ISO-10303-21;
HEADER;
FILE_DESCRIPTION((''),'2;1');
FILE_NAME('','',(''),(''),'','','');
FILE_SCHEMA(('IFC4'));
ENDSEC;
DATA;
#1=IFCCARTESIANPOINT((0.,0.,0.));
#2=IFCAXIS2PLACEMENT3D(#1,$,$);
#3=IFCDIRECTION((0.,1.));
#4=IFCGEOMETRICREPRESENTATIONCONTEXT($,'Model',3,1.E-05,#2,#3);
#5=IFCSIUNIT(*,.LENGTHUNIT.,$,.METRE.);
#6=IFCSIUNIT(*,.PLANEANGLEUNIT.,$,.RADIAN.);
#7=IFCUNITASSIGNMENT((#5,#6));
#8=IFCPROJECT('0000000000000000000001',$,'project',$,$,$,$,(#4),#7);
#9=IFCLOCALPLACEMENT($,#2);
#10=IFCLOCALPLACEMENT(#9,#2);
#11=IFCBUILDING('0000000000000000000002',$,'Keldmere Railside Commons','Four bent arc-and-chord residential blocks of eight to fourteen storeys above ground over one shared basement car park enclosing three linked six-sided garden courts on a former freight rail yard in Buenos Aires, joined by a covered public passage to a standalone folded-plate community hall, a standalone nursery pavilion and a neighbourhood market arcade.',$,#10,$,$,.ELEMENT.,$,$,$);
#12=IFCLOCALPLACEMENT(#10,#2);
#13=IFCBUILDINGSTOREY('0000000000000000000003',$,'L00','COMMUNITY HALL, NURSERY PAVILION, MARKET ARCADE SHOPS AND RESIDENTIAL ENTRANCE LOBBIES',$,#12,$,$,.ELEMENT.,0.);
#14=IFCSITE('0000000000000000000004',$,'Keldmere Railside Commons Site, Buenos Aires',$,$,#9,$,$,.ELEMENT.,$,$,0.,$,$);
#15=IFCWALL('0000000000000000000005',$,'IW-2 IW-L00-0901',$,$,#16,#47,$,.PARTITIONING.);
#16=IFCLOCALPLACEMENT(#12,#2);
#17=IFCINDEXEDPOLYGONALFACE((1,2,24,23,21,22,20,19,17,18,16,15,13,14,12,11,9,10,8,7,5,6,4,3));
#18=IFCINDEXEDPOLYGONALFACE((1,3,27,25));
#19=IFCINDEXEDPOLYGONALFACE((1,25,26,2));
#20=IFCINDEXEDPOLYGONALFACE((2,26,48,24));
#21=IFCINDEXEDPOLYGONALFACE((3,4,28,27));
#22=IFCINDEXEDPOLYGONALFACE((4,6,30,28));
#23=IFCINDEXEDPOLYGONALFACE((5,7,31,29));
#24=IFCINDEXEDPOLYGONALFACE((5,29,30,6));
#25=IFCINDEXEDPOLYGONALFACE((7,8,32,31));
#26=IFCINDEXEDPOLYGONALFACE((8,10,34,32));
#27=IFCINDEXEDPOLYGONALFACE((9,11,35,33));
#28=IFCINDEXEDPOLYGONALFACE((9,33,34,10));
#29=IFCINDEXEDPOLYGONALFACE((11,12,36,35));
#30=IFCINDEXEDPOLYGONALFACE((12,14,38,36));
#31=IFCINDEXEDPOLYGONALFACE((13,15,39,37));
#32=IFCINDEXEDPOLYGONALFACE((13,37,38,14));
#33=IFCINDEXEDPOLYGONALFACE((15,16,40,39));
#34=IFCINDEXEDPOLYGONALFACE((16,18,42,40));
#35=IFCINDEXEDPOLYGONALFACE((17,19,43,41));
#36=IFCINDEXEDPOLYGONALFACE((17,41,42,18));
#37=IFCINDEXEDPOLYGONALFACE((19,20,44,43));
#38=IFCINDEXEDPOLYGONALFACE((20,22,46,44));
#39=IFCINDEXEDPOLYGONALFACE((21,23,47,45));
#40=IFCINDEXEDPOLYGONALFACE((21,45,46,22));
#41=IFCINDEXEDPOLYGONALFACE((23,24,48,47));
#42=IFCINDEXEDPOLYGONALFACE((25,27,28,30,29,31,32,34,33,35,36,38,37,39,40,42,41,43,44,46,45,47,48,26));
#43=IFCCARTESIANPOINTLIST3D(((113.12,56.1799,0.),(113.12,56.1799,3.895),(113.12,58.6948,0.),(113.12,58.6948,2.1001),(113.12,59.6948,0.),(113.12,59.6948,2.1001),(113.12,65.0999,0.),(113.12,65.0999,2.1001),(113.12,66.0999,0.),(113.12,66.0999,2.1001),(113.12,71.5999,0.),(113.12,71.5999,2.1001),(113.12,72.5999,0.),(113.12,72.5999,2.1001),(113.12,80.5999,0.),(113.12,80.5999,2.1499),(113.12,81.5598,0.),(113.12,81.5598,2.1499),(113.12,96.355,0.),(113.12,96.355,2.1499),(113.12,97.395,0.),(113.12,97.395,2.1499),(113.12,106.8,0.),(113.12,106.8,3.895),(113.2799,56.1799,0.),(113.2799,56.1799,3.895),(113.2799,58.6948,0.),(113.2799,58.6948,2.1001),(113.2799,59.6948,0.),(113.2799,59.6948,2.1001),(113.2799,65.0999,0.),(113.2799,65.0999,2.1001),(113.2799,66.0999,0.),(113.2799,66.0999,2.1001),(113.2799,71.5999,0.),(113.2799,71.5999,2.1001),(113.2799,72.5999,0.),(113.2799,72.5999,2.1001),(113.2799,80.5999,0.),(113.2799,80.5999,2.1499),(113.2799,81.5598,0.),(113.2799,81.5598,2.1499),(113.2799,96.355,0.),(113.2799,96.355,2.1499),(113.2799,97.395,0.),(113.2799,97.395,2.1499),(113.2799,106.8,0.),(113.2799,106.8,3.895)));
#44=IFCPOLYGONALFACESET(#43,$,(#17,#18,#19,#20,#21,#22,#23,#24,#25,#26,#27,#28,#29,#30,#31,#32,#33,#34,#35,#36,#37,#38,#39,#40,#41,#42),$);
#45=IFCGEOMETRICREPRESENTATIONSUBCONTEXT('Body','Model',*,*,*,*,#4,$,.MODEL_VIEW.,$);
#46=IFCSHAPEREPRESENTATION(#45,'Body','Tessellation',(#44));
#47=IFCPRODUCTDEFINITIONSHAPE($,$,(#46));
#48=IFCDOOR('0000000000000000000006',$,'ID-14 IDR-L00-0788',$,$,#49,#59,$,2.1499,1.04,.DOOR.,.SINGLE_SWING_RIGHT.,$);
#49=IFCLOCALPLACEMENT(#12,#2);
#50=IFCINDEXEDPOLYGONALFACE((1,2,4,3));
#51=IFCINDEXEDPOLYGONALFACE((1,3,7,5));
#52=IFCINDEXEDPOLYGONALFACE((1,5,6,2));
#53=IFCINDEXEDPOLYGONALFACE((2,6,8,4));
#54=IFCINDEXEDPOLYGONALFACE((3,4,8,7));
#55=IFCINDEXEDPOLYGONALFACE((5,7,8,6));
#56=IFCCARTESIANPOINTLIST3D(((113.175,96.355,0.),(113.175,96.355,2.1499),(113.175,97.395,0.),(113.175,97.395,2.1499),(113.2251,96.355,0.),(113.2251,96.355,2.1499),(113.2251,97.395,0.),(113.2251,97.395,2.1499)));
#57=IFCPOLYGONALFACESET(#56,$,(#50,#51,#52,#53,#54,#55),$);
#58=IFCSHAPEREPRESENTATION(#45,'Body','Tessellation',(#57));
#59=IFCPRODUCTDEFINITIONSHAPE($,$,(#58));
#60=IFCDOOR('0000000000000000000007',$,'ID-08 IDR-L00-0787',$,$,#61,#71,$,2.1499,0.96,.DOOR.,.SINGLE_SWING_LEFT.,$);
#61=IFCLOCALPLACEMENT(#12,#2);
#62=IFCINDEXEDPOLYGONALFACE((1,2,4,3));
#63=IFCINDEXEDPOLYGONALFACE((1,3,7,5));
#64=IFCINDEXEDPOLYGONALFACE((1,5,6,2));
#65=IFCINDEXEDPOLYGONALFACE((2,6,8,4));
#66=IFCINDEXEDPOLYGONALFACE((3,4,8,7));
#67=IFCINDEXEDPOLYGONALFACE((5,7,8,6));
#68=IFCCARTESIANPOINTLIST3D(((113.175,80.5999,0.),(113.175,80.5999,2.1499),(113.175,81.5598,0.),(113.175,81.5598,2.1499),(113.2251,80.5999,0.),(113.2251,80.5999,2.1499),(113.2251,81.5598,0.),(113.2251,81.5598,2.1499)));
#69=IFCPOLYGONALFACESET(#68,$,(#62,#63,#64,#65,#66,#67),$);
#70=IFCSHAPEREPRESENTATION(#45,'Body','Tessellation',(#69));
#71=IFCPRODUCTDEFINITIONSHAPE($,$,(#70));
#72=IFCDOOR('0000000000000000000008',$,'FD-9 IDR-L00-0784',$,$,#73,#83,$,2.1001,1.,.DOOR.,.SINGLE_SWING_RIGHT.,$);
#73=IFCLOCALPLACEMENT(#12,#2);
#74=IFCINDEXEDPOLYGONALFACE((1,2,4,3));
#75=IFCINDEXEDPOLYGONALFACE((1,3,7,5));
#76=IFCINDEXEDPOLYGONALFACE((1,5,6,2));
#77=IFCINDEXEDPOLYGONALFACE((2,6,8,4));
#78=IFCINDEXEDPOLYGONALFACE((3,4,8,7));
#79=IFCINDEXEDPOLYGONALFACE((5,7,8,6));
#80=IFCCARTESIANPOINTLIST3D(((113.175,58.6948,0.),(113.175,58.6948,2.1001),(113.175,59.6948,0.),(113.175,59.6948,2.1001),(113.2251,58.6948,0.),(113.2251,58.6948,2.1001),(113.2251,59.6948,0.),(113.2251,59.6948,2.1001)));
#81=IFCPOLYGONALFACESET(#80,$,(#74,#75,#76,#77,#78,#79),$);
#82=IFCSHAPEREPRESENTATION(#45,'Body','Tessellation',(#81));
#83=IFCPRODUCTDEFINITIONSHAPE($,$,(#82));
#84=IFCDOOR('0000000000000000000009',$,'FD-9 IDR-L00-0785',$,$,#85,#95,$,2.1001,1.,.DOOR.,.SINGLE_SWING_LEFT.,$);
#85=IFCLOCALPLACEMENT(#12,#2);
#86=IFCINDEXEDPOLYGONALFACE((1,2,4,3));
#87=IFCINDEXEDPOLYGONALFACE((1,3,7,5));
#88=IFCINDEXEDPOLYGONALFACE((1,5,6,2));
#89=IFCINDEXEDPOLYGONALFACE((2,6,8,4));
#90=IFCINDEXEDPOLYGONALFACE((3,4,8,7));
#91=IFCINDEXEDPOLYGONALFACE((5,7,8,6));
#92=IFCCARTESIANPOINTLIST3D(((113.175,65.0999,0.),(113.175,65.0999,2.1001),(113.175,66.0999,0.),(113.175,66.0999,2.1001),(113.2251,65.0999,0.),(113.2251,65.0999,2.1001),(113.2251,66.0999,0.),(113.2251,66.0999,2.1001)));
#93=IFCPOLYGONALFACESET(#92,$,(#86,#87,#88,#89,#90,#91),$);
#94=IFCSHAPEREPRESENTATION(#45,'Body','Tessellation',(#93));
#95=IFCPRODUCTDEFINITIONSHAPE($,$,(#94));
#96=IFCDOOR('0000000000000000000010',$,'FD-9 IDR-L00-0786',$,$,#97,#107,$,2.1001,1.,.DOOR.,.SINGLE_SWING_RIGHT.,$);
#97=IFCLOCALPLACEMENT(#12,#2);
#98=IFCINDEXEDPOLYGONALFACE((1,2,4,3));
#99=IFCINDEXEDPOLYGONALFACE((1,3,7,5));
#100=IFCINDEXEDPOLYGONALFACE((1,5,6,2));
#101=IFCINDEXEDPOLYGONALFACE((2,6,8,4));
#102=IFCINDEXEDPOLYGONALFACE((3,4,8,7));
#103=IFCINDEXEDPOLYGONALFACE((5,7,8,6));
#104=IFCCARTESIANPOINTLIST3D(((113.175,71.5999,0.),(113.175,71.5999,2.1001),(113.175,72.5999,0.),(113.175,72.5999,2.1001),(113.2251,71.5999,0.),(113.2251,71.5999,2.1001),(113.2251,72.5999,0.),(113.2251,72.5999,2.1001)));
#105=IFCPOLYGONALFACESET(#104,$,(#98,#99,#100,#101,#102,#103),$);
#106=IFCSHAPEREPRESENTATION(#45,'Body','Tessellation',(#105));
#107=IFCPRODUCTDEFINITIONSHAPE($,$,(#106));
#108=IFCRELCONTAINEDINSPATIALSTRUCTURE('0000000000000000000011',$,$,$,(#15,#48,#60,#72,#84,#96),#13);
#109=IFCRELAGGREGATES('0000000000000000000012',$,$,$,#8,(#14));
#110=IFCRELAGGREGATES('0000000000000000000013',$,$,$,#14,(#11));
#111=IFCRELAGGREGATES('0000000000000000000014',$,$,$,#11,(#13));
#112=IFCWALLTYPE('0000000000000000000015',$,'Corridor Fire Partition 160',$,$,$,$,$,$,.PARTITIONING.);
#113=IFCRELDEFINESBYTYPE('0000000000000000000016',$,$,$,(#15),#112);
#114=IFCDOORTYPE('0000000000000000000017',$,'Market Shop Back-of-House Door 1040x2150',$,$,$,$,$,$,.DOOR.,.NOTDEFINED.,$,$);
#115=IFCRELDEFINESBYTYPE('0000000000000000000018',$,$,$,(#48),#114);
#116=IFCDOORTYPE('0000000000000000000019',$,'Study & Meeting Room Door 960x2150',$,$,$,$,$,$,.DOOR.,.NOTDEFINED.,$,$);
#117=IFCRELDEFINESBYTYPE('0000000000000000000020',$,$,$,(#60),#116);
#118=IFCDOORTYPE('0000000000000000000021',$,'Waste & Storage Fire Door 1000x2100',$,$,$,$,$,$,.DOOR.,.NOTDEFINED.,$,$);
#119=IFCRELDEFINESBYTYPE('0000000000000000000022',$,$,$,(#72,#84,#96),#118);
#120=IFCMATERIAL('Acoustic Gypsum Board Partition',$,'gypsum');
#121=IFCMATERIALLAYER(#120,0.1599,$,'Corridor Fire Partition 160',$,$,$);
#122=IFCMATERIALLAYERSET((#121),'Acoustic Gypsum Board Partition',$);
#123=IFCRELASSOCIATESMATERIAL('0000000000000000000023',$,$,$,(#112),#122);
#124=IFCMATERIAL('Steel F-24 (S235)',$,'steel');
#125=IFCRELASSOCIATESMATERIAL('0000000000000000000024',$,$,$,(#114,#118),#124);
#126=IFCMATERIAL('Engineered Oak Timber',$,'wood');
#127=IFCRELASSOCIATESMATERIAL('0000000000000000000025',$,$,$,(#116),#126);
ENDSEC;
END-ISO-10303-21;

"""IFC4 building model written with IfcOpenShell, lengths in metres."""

from ifc_helpers import new_model, si_unit, direction, frame, frame_2d, origin, place, context, subcontext, project, spatial, rectangle, extrude, material, layer, layer_set, type_object, element, fill, save


model = new_model("IFC4")

# Units and contexts
model_context = context("Model", 3, precision=1e-05, world=origin(), true_north=direction((0.0, 1.0)))
body_context = subcontext(model_context, "Body", "Model", "MODEL_VIEW")
ifc_project = project(units=[si_unit("LENGTHUNIT", "METRE"), si_unit("PLANEANGLEUNIT", "RADIAN")], contexts=[model_context])

# Site, building, storey
site_placement = place(None, origin())
site = spatial("IfcSite", under=ifc_project, at=site_placement, Name="Keldmere Railside Commons Site, Buenos Aires", CompositionType="ELEMENT", RefElevation=0.0)
building_placement = place(site_placement, origin())
building = spatial("IfcBuilding", under=site, at=building_placement, Name="Keldmere Railside Commons", Description="Four bent arc-and-chord residential blocks of eight to fourteen storeys above ground over one shared basement car park enclosing three linked six-sided garden courts on a former freight rail yard in Buenos Aires, joined by a covered public passage to a standalone folded-plate community hall, a standalone nursery pavilion and a neighbourhood market arcade.", CompositionType="ELEMENT")
storey_placement = place(building_placement, origin())
storey = spatial("IfcBuildingStorey", under=building, at=storey_placement, Name="L00", Description="COMMUNITY HALL, NURSERY PAVILION, MARKET ARCADE SHOPS AND RESIDENTIAL ENTRANCE LOBBIES", CompositionType="ELEMENT", Elevation=0.0)

# Shared definitions
ifc_material_1 = material(Name="Acoustic Gypsum Board Partition", Category="gypsum")

# Wall, openings, doors
ifc_layer_1 = layer(ifc_material_1, 0.1599, Name="Corridor Fire Partition 160")
ifc_layer_set_1 = layer_set([ifc_layer_1], Name="Acoustic Gypsum Board Partition")
wall_type_1 = type_object("IfcWallType", Name="Corridor Fire Partition 160", PredefinedType="PARTITIONING", material=ifc_layer_set_1)
ifc_material_2 = material(Name="Steel F-24 (S235)", Category="steel")
wall_1_placement = place(storey_placement, frame((113.2, 56.1799, 0.0), z_axis=(0.0, 0.0, 1.0), x_axis=(0.0, 1.0, 0.0)))
wall_1 = element("IfcWall", 1, at=wall_1_placement, inside=storey, type_object=wall_type_1, Name="IW-2 IW-L00-0901", PredefinedType="PARTITIONING", context=body_context, shape_type="SweptSolid", body=[
    extrude(rectangle(XDim=50.6201, YDim=0.1599, at=frame_2d((25.3101, 0.0))), origin(), (0.0, 0.0, 1.0), 3.895),
])
opening_1_placement = place(wall_1_placement, frame((2.5149, 0.0, 0.0)))
opening_1 = element("IfcOpeningElement", 2, at=opening_1_placement, cuts=wall_1, PredefinedType="OPENING", context=body_context, shape_type="SweptSolid", body=[
    extrude(rectangle(XDim=1.0, YDim=2.1001, at=frame_2d((0.5, 1.05))), frame((0.0, 0.0898, 0.0), z_axis=(0.0, -1.0, 0.0), x_axis=(1.0, 0.0, 0.0)), (0.0, 0.0, 1.0), 0.1799),
])
opening_2_placement = place(wall_1_placement, frame((8.9199, 0.0, 0.0)))
opening_2 = element("IfcOpeningElement", 3, at=opening_2_placement, cuts=wall_1, PredefinedType="OPENING", context=body_context, shape_type="SweptSolid", body=[
    extrude(rectangle(XDim=1.0, YDim=2.1001, at=frame_2d((0.5, 1.05))), frame((0.0, 0.0898, 0.0), z_axis=(0.0, -1.0, 0.0), x_axis=(1.0, 0.0, 0.0)), (0.0, 0.0, 1.0), 0.1799),
])
opening_3_placement = place(wall_1_placement, frame((15.4199, 0.0, 0.0)))
opening_3 = element("IfcOpeningElement", 4, at=opening_3_placement, cuts=wall_1, PredefinedType="OPENING", context=body_context, shape_type="SweptSolid", body=[
    extrude(rectangle(XDim=1.0, YDim=2.1001, at=frame_2d((0.5, 1.05))), frame((0.0, 0.0898, 0.0), z_axis=(0.0, -1.0, 0.0), x_axis=(1.0, 0.0, 0.0)), (0.0, 0.0, 1.0), 0.1799),
])
opening_4_placement = place(wall_1_placement, frame((24.4199, 0.0, 0.0)))
opening_4 = element("IfcOpeningElement", 5, at=opening_4_placement, cuts=wall_1, PredefinedType="OPENING", context=body_context, shape_type="SweptSolid", body=[
    extrude(rectangle(XDim=0.96, YDim=2.1499, at=frame_2d((0.48, 1.075))), frame((0.0, 0.0898, 0.0), z_axis=(0.0, -1.0, 0.0), x_axis=(1.0, 0.0, 0.0)), (0.0, 0.0, 1.0), 0.1799),
])
opening_5_placement = place(wall_1_placement, frame((40.175, 0.0, 0.0)))
opening_5 = element("IfcOpeningElement", 6, at=opening_5_placement, cuts=wall_1, PredefinedType="OPENING", context=body_context, shape_type="SweptSolid", body=[
    extrude(rectangle(XDim=1.04, YDim=2.1499, at=frame_2d((0.52, 1.075))), frame((0.0, 0.0898, 0.0), z_axis=(0.0, -1.0, 0.0), x_axis=(1.0, 0.0, 0.0)), (0.0, 0.0, 1.0), 0.1799),
])
door_type_1 = type_object("IfcDoorType", Name="Market Shop Back-of-House Door 1040x2150", OperationType="NOTDEFINED", PredefinedType="DOOR", material=ifc_material_2)
door_1_placement = place(opening_5_placement, origin())
door_1 = element("IfcDoor", 7, at=door_1_placement, inside=storey, type_object=door_type_1, Name="ID-14 IDR-L00-0788", OperationType="SINGLE_SWING_RIGHT", OverallHeight=2.1499, OverallWidth=1.04, PredefinedType="DOOR", context=body_context, shape_type="SweptSolid", body=[
    extrude(rectangle(XDim=1.04, YDim=2.1499, at=frame_2d((0.52, 1.075))), frame((0.0, 0.0249, 0.0), z_axis=(0.0, -1.0, 0.0), x_axis=(1.0, 0.0, 0.0)), (0.0, 0.0, 1.0), 0.05),
])
fill(opening_5, door_1)
ifc_material_3 = material(Name="Engineered Oak Timber", Category="wood")
door_type_2 = type_object("IfcDoorType", Name="Study & Meeting Room Door 960x2150", OperationType="NOTDEFINED", PredefinedType="DOOR", material=ifc_material_3)
door_2_placement = place(opening_4_placement, origin())
door_2 = element("IfcDoor", 8, at=door_2_placement, inside=storey, type_object=door_type_2, Name="ID-08 IDR-L00-0787", OperationType="SINGLE_SWING_LEFT", OverallHeight=2.1499, OverallWidth=0.96, PredefinedType="DOOR", context=body_context, shape_type="SweptSolid", body=[
    extrude(rectangle(XDim=0.96, YDim=2.1499, at=frame_2d((0.48, 1.075))), frame((0.0, 0.0249, 0.0), z_axis=(0.0, -1.0, 0.0), x_axis=(1.0, 0.0, 0.0)), (0.0, 0.0, 1.0), 0.05),
])
fill(opening_4, door_2)
door_type_3 = type_object("IfcDoorType", Name="Waste & Storage Fire Door 1000x2100", OperationType="NOTDEFINED", PredefinedType="DOOR", material=ifc_material_2)
door_3_placement = place(opening_1_placement, origin())
door_3 = element("IfcDoor", 9, at=door_3_placement, inside=storey, type_object=door_type_3, Name="FD-9 IDR-L00-0784", OperationType="SINGLE_SWING_RIGHT", OverallHeight=2.1001, OverallWidth=1.0, PredefinedType="DOOR", context=body_context, shape_type="SweptSolid", body=[
    extrude(rectangle(XDim=1.0, YDim=2.1001, at=frame_2d((0.5, 1.05))), frame((0.0, 0.0249, 0.0), z_axis=(0.0, -1.0, 0.0), x_axis=(1.0, 0.0, 0.0)), (0.0, 0.0, 1.0), 0.05),
])
fill(opening_1, door_3)
door_4_placement = place(opening_2_placement, origin())
door_4 = element("IfcDoor", 10, at=door_4_placement, inside=storey, type_object=door_type_3, Name="FD-9 IDR-L00-0785", OperationType="SINGLE_SWING_LEFT", OverallHeight=2.1001, OverallWidth=1.0, PredefinedType="DOOR", context=body_context, shape_type="SweptSolid", body=[
    extrude(rectangle(XDim=1.0, YDim=2.1001, at=frame_2d((0.5, 1.05))), frame((0.0, 0.0249, 0.0), z_axis=(0.0, -1.0, 0.0), x_axis=(1.0, 0.0, 0.0)), (0.0, 0.0, 1.0), 0.05),
])
fill(opening_2, door_4)
door_5_placement = place(opening_3_placement, origin())
door_5 = element("IfcDoor", 11, at=door_5_placement, inside=storey, type_object=door_type_3, Name="FD-9 IDR-L00-0786", OperationType="SINGLE_SWING_RIGHT", OverallHeight=2.1001, OverallWidth=1.0, PredefinedType="DOOR", context=body_context, shape_type="SweptSolid", body=[
    extrude(rectangle(XDim=1.0, YDim=2.1001, at=frame_2d((0.5, 1.05))), frame((0.0, 0.0249, 0.0), z_axis=(0.0, -1.0, 0.0), x_axis=(1.0, 0.0, 0.0)), (0.0, 0.0, 1.0), 0.05),
])
fill(opening_3, door_5)

save(model, "model.ifc")
